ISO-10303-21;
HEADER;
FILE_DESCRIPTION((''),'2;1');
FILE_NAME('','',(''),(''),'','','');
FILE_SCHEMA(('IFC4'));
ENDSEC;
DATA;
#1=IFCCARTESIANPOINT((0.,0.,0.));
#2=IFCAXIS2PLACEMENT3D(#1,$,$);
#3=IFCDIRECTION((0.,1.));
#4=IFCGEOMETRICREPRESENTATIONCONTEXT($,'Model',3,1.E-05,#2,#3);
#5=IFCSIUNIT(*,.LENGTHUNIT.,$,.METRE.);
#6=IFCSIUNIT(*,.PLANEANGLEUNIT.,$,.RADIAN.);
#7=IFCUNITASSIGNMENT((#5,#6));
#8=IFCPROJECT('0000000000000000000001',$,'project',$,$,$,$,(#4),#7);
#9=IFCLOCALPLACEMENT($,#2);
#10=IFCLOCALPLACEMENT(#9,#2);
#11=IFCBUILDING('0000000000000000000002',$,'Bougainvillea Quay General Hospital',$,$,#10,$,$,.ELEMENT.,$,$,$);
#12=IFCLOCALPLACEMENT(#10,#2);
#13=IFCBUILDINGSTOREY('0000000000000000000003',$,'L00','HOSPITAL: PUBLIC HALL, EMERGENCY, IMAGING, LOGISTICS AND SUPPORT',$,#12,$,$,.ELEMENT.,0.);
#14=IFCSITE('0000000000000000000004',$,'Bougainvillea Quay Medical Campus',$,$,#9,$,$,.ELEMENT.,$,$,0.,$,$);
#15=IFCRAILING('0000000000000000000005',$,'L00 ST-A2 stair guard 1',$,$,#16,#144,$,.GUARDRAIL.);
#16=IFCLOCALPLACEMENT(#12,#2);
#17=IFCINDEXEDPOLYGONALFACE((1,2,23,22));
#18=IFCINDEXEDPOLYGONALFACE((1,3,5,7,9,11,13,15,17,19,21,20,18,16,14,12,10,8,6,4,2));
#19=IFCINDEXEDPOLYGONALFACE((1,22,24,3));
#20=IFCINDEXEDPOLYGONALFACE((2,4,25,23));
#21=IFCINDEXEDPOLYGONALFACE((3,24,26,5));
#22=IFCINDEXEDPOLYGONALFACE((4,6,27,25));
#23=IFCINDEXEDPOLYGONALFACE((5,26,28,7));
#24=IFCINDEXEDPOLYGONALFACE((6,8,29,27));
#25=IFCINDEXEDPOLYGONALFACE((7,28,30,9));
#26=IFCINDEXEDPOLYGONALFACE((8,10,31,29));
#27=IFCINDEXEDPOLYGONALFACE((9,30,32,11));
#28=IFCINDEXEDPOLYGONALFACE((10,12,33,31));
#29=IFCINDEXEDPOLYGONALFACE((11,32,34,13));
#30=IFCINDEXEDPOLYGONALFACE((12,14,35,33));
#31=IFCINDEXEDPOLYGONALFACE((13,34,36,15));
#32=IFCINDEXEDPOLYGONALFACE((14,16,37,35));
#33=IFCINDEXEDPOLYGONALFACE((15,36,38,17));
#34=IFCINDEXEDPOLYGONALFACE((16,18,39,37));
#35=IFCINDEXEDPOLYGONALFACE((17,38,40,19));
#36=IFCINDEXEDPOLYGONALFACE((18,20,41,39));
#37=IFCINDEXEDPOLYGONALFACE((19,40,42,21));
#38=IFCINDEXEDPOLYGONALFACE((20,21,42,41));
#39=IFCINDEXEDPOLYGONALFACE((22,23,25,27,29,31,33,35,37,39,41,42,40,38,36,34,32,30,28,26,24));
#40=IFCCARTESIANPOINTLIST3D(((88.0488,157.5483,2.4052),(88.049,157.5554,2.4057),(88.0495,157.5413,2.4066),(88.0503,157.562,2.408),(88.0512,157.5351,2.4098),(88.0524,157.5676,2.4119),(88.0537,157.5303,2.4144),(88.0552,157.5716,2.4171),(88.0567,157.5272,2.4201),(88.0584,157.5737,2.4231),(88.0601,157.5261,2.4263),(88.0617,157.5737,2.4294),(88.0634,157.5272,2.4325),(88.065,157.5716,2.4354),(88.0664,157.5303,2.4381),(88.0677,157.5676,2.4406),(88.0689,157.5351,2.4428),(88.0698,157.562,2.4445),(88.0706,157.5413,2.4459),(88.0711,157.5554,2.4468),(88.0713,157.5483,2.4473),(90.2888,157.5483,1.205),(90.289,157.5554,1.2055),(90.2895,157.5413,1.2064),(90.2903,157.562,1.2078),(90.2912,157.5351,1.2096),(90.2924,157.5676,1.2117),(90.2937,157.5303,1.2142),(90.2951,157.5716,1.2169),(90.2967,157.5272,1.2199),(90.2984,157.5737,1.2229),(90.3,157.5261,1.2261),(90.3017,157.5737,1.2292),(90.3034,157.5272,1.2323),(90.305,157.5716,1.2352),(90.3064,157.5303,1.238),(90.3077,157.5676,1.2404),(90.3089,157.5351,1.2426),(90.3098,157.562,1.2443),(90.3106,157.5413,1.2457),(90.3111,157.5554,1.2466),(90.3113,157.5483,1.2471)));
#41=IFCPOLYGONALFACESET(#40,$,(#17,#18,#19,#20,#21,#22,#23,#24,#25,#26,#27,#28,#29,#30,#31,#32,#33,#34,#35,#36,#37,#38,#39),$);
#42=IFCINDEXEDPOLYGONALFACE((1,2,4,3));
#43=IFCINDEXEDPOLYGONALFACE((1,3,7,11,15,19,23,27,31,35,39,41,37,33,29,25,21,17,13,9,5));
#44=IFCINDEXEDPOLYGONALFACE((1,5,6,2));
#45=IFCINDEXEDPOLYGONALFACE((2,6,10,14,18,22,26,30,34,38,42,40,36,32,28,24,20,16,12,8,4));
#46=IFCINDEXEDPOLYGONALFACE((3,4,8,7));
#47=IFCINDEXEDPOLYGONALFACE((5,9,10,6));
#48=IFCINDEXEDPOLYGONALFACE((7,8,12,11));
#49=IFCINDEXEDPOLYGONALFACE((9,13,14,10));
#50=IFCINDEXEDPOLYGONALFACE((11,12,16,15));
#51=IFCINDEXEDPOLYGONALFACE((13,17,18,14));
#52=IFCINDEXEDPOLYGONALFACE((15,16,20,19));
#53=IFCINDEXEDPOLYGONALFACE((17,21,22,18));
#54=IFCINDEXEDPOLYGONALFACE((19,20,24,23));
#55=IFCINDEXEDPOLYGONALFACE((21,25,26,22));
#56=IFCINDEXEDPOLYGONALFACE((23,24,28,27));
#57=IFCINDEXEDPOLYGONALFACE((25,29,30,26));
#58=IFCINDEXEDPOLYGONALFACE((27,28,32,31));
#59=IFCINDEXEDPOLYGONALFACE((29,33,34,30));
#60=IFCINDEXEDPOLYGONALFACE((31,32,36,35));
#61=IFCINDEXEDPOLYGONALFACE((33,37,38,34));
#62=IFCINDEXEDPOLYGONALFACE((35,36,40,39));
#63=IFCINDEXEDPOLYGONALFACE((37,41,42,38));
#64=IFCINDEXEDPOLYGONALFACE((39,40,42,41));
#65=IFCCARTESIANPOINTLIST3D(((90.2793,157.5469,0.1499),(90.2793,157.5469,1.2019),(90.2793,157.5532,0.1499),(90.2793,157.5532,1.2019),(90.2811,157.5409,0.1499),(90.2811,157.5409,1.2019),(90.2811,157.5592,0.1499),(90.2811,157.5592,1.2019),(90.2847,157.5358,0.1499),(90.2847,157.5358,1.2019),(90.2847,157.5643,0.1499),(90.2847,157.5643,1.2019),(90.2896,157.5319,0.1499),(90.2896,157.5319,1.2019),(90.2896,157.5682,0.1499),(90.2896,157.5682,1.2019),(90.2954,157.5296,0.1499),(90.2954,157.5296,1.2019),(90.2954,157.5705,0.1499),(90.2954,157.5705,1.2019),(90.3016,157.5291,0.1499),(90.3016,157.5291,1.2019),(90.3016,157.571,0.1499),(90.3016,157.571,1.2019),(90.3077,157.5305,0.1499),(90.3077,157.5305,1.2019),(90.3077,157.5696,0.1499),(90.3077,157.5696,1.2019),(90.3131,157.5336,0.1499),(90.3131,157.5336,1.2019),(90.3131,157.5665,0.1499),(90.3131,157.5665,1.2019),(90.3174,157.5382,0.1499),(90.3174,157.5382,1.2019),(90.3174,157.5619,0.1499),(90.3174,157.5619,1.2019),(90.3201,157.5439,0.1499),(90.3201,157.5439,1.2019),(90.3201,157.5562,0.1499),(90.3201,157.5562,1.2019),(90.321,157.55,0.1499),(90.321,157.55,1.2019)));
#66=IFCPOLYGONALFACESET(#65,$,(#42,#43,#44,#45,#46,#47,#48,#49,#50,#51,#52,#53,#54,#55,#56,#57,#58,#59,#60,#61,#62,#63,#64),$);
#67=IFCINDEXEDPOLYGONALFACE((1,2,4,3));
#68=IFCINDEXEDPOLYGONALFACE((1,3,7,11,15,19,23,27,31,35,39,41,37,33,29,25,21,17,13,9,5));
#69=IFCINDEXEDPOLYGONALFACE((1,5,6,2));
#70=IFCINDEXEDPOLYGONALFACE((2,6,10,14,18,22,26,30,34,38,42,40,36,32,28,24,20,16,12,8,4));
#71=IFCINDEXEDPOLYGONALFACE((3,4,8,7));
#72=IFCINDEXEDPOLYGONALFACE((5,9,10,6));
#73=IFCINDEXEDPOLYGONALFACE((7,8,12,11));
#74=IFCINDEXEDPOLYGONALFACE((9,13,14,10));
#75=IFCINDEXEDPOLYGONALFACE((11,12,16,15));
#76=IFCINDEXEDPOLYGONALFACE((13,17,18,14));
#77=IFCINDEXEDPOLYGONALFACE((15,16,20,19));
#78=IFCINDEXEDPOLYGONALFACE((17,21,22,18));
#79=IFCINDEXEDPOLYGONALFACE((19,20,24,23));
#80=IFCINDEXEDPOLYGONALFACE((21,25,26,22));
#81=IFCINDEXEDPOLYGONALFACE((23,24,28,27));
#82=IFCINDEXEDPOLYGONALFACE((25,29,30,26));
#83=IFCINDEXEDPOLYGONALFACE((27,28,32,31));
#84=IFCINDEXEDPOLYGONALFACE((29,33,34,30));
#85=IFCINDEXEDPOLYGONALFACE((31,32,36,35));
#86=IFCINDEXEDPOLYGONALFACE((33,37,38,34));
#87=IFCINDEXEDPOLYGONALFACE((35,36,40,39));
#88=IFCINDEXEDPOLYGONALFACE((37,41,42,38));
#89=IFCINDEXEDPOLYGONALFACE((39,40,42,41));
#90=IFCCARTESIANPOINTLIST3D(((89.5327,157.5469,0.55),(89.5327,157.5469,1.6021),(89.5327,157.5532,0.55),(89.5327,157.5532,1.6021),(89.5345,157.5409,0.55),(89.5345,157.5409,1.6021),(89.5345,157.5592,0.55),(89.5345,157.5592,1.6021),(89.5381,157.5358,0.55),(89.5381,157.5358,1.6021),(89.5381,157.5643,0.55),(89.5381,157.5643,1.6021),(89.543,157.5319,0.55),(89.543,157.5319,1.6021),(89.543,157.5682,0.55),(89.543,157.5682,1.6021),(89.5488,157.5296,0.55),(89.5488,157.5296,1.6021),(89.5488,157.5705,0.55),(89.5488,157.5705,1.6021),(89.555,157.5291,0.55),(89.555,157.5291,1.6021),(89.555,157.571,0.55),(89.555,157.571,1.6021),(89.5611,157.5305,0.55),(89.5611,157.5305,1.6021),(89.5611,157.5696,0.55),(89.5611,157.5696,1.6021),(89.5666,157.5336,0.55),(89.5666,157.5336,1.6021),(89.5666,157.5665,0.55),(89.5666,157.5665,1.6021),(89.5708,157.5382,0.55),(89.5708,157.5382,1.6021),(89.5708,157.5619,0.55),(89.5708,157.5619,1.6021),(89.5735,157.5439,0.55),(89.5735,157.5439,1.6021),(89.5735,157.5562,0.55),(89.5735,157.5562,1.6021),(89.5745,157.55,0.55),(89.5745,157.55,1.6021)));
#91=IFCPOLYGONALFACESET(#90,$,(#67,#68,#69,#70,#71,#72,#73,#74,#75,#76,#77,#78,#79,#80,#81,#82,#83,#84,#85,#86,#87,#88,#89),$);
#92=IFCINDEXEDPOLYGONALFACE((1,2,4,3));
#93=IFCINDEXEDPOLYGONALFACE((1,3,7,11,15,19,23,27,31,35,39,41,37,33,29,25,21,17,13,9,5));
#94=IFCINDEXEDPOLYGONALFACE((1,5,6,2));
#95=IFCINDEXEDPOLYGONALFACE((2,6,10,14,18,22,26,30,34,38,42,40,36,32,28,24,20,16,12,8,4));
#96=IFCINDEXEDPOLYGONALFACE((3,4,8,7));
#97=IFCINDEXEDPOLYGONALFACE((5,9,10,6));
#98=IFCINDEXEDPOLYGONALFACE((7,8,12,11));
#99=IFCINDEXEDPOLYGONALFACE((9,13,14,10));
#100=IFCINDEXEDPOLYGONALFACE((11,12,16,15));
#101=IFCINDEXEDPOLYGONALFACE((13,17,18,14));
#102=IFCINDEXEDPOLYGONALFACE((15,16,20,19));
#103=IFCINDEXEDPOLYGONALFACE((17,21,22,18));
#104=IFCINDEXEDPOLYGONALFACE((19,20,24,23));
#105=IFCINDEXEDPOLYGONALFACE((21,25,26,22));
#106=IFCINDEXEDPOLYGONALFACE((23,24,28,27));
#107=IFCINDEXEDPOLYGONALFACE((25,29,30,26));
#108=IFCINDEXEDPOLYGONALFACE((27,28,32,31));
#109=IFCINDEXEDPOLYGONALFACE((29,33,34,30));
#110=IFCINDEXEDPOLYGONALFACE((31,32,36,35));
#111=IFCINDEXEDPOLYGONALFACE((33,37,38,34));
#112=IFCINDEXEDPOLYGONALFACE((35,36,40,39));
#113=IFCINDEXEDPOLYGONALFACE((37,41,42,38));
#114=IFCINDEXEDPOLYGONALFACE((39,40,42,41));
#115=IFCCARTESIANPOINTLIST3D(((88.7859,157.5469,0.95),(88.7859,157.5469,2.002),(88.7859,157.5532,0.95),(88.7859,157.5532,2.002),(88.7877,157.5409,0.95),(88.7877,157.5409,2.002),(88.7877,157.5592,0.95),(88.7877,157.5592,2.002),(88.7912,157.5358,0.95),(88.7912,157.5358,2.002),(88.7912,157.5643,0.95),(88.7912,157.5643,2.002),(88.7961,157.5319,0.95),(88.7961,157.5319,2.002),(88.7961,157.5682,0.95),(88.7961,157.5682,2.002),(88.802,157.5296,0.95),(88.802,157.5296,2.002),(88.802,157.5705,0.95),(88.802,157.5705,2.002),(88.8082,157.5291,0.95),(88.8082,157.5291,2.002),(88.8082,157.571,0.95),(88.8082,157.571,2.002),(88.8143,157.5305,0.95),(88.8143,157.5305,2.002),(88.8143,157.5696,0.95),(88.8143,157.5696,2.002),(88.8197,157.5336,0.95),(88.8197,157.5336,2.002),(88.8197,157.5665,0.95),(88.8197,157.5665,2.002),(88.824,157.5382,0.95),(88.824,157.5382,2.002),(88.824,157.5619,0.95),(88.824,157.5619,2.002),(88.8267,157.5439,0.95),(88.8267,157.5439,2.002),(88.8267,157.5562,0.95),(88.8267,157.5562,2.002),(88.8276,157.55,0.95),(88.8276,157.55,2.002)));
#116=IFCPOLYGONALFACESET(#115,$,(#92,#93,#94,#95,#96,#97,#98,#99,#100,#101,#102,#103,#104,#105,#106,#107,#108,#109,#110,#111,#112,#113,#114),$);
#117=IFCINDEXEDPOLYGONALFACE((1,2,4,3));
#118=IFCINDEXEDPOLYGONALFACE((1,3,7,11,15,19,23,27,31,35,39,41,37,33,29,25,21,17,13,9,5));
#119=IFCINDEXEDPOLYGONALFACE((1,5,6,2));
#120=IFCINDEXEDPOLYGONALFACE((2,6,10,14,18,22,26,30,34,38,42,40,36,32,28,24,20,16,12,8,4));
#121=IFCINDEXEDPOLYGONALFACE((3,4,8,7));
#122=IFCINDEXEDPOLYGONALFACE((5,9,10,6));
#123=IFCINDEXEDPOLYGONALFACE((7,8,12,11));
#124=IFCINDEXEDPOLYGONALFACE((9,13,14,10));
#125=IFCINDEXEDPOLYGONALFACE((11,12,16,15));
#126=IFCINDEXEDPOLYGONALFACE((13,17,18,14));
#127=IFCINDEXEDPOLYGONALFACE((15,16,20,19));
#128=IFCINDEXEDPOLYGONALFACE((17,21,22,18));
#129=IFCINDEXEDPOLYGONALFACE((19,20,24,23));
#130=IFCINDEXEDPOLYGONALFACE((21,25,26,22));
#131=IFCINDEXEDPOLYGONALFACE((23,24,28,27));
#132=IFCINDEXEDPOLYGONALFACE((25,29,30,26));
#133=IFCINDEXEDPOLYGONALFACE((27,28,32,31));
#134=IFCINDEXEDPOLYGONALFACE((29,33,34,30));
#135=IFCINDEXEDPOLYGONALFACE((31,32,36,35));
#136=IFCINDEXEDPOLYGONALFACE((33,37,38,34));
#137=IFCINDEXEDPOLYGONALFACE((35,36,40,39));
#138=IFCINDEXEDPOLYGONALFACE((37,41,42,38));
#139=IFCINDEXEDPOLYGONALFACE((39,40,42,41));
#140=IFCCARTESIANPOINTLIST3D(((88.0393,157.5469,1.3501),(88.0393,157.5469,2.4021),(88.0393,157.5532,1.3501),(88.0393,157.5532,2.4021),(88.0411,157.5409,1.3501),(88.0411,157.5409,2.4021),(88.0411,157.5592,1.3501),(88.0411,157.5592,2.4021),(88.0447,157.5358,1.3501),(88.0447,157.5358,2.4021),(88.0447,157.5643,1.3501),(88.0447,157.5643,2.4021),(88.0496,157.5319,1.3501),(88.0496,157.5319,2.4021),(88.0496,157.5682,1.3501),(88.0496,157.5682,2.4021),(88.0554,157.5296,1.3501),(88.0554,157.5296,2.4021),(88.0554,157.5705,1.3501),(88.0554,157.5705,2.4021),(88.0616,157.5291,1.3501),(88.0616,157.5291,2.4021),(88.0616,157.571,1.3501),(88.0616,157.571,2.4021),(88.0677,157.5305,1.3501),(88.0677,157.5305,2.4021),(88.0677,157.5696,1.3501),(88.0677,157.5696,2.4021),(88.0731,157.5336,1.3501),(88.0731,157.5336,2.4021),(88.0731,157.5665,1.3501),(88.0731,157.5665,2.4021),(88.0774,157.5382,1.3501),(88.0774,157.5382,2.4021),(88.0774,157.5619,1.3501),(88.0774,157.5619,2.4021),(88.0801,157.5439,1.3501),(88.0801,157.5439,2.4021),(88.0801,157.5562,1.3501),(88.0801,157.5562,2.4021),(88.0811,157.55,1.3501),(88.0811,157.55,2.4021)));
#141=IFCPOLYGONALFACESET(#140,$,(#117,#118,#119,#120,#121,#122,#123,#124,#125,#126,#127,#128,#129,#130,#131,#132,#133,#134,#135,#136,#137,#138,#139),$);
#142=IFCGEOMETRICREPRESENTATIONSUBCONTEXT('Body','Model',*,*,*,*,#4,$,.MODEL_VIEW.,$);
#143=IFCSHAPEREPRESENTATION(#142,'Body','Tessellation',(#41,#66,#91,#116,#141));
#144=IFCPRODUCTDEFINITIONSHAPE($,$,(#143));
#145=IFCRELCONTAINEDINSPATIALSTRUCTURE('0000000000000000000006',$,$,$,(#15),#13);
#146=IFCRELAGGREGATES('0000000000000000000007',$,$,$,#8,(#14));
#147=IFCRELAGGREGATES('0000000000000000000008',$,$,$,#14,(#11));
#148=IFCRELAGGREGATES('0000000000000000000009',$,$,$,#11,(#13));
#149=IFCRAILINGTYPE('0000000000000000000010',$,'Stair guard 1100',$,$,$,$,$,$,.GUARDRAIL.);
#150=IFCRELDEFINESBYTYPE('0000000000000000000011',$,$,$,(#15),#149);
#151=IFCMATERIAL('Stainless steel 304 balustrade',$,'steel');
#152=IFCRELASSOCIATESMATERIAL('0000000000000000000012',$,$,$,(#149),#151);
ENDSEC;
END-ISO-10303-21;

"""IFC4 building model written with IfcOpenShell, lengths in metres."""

from ifc_helpers import new_model, si_unit, direction, frame, origin, origin_2d, place, context, subcontext, project, spatial, circle, extrude, material, type_object, element, save


model = new_model("IFC4")

# Units and contexts
model_context = context("Model", 3, precision=1e-05, world=origin(), true_north=direction((0.0, 1.0)))
body_context = subcontext(model_context, "Body", "Model", "MODEL_VIEW")
ifc_project = project(units=[si_unit("LENGTHUNIT", "METRE"), si_unit("PLANEANGLEUNIT", "RADIAN")], contexts=[model_context])

# Site, building, storey
site_placement = place(None, origin())
site = spatial("IfcSite", under=ifc_project, at=site_placement, Name="Bougainvillea Quay Medical Campus", CompositionType="ELEMENT", RefElevation=0.0)
building_placement = place(site_placement, origin())
building = spatial("IfcBuilding", under=site, at=building_placement, Name="Bougainvillea Quay General Hospital", CompositionType="ELEMENT")
storey_placement = place(building_placement, origin())
storey = spatial("IfcBuildingStorey", under=building, at=storey_placement, Name="L00", Description="HOSPITAL: PUBLIC HALL, EMERGENCY, IMAGING, LOGISTICS AND SUPPORT", CompositionType="ELEMENT", Elevation=0.0)

# Railing
ifc_material_1 = material(Name="Stainless steel 304 balustrade", Category="steel")
railing_type_1 = type_object("IfcRailingType", Name="Stair guard 1100", PredefinedType="GUARDRAIL", material=ifc_material_1)
railing_1_placement = place(storey_placement, frame((90.3, 157.55, 0.1499)))
element("IfcRailing", 1, at=railing_1_placement, inside=storey, type_object=railing_type_1, Name="L00 ST-A2 stair guard 1", PredefinedType="GUARDRAIL", context=body_context, shape_type="SweptSolid", body=[
    extrude(circle(Radius=0.0239, at=origin_2d()), frame((0.0, 0.0, 1.0762), z_axis=(-0.881447, 0.0, 0.472283), x_axis=(0.0, -1.0, 0.0)), (0.0, 0.0, 1.0), 2.5413),
    extrude(circle(Radius=0.021, at=origin_2d()), origin(), (0.0, 0.0, 1.0), 1.052),
    extrude(circle(Radius=0.021, at=origin_2d()), frame((-0.7466, 0.0, 0.4001)), (0.0, 0.0, 1.0), 1.052),
    extrude(circle(Radius=0.021, at=origin_2d()), frame((-1.4934, 0.0, 0.8)), (0.0, 0.0, 1.0), 1.052),
    extrude(circle(Radius=0.021, at=origin_2d()), frame((-2.24, 0.0, 1.2002)), (0.0, 0.0, 1.0), 1.052),
])

save(model, "model.ifc")
